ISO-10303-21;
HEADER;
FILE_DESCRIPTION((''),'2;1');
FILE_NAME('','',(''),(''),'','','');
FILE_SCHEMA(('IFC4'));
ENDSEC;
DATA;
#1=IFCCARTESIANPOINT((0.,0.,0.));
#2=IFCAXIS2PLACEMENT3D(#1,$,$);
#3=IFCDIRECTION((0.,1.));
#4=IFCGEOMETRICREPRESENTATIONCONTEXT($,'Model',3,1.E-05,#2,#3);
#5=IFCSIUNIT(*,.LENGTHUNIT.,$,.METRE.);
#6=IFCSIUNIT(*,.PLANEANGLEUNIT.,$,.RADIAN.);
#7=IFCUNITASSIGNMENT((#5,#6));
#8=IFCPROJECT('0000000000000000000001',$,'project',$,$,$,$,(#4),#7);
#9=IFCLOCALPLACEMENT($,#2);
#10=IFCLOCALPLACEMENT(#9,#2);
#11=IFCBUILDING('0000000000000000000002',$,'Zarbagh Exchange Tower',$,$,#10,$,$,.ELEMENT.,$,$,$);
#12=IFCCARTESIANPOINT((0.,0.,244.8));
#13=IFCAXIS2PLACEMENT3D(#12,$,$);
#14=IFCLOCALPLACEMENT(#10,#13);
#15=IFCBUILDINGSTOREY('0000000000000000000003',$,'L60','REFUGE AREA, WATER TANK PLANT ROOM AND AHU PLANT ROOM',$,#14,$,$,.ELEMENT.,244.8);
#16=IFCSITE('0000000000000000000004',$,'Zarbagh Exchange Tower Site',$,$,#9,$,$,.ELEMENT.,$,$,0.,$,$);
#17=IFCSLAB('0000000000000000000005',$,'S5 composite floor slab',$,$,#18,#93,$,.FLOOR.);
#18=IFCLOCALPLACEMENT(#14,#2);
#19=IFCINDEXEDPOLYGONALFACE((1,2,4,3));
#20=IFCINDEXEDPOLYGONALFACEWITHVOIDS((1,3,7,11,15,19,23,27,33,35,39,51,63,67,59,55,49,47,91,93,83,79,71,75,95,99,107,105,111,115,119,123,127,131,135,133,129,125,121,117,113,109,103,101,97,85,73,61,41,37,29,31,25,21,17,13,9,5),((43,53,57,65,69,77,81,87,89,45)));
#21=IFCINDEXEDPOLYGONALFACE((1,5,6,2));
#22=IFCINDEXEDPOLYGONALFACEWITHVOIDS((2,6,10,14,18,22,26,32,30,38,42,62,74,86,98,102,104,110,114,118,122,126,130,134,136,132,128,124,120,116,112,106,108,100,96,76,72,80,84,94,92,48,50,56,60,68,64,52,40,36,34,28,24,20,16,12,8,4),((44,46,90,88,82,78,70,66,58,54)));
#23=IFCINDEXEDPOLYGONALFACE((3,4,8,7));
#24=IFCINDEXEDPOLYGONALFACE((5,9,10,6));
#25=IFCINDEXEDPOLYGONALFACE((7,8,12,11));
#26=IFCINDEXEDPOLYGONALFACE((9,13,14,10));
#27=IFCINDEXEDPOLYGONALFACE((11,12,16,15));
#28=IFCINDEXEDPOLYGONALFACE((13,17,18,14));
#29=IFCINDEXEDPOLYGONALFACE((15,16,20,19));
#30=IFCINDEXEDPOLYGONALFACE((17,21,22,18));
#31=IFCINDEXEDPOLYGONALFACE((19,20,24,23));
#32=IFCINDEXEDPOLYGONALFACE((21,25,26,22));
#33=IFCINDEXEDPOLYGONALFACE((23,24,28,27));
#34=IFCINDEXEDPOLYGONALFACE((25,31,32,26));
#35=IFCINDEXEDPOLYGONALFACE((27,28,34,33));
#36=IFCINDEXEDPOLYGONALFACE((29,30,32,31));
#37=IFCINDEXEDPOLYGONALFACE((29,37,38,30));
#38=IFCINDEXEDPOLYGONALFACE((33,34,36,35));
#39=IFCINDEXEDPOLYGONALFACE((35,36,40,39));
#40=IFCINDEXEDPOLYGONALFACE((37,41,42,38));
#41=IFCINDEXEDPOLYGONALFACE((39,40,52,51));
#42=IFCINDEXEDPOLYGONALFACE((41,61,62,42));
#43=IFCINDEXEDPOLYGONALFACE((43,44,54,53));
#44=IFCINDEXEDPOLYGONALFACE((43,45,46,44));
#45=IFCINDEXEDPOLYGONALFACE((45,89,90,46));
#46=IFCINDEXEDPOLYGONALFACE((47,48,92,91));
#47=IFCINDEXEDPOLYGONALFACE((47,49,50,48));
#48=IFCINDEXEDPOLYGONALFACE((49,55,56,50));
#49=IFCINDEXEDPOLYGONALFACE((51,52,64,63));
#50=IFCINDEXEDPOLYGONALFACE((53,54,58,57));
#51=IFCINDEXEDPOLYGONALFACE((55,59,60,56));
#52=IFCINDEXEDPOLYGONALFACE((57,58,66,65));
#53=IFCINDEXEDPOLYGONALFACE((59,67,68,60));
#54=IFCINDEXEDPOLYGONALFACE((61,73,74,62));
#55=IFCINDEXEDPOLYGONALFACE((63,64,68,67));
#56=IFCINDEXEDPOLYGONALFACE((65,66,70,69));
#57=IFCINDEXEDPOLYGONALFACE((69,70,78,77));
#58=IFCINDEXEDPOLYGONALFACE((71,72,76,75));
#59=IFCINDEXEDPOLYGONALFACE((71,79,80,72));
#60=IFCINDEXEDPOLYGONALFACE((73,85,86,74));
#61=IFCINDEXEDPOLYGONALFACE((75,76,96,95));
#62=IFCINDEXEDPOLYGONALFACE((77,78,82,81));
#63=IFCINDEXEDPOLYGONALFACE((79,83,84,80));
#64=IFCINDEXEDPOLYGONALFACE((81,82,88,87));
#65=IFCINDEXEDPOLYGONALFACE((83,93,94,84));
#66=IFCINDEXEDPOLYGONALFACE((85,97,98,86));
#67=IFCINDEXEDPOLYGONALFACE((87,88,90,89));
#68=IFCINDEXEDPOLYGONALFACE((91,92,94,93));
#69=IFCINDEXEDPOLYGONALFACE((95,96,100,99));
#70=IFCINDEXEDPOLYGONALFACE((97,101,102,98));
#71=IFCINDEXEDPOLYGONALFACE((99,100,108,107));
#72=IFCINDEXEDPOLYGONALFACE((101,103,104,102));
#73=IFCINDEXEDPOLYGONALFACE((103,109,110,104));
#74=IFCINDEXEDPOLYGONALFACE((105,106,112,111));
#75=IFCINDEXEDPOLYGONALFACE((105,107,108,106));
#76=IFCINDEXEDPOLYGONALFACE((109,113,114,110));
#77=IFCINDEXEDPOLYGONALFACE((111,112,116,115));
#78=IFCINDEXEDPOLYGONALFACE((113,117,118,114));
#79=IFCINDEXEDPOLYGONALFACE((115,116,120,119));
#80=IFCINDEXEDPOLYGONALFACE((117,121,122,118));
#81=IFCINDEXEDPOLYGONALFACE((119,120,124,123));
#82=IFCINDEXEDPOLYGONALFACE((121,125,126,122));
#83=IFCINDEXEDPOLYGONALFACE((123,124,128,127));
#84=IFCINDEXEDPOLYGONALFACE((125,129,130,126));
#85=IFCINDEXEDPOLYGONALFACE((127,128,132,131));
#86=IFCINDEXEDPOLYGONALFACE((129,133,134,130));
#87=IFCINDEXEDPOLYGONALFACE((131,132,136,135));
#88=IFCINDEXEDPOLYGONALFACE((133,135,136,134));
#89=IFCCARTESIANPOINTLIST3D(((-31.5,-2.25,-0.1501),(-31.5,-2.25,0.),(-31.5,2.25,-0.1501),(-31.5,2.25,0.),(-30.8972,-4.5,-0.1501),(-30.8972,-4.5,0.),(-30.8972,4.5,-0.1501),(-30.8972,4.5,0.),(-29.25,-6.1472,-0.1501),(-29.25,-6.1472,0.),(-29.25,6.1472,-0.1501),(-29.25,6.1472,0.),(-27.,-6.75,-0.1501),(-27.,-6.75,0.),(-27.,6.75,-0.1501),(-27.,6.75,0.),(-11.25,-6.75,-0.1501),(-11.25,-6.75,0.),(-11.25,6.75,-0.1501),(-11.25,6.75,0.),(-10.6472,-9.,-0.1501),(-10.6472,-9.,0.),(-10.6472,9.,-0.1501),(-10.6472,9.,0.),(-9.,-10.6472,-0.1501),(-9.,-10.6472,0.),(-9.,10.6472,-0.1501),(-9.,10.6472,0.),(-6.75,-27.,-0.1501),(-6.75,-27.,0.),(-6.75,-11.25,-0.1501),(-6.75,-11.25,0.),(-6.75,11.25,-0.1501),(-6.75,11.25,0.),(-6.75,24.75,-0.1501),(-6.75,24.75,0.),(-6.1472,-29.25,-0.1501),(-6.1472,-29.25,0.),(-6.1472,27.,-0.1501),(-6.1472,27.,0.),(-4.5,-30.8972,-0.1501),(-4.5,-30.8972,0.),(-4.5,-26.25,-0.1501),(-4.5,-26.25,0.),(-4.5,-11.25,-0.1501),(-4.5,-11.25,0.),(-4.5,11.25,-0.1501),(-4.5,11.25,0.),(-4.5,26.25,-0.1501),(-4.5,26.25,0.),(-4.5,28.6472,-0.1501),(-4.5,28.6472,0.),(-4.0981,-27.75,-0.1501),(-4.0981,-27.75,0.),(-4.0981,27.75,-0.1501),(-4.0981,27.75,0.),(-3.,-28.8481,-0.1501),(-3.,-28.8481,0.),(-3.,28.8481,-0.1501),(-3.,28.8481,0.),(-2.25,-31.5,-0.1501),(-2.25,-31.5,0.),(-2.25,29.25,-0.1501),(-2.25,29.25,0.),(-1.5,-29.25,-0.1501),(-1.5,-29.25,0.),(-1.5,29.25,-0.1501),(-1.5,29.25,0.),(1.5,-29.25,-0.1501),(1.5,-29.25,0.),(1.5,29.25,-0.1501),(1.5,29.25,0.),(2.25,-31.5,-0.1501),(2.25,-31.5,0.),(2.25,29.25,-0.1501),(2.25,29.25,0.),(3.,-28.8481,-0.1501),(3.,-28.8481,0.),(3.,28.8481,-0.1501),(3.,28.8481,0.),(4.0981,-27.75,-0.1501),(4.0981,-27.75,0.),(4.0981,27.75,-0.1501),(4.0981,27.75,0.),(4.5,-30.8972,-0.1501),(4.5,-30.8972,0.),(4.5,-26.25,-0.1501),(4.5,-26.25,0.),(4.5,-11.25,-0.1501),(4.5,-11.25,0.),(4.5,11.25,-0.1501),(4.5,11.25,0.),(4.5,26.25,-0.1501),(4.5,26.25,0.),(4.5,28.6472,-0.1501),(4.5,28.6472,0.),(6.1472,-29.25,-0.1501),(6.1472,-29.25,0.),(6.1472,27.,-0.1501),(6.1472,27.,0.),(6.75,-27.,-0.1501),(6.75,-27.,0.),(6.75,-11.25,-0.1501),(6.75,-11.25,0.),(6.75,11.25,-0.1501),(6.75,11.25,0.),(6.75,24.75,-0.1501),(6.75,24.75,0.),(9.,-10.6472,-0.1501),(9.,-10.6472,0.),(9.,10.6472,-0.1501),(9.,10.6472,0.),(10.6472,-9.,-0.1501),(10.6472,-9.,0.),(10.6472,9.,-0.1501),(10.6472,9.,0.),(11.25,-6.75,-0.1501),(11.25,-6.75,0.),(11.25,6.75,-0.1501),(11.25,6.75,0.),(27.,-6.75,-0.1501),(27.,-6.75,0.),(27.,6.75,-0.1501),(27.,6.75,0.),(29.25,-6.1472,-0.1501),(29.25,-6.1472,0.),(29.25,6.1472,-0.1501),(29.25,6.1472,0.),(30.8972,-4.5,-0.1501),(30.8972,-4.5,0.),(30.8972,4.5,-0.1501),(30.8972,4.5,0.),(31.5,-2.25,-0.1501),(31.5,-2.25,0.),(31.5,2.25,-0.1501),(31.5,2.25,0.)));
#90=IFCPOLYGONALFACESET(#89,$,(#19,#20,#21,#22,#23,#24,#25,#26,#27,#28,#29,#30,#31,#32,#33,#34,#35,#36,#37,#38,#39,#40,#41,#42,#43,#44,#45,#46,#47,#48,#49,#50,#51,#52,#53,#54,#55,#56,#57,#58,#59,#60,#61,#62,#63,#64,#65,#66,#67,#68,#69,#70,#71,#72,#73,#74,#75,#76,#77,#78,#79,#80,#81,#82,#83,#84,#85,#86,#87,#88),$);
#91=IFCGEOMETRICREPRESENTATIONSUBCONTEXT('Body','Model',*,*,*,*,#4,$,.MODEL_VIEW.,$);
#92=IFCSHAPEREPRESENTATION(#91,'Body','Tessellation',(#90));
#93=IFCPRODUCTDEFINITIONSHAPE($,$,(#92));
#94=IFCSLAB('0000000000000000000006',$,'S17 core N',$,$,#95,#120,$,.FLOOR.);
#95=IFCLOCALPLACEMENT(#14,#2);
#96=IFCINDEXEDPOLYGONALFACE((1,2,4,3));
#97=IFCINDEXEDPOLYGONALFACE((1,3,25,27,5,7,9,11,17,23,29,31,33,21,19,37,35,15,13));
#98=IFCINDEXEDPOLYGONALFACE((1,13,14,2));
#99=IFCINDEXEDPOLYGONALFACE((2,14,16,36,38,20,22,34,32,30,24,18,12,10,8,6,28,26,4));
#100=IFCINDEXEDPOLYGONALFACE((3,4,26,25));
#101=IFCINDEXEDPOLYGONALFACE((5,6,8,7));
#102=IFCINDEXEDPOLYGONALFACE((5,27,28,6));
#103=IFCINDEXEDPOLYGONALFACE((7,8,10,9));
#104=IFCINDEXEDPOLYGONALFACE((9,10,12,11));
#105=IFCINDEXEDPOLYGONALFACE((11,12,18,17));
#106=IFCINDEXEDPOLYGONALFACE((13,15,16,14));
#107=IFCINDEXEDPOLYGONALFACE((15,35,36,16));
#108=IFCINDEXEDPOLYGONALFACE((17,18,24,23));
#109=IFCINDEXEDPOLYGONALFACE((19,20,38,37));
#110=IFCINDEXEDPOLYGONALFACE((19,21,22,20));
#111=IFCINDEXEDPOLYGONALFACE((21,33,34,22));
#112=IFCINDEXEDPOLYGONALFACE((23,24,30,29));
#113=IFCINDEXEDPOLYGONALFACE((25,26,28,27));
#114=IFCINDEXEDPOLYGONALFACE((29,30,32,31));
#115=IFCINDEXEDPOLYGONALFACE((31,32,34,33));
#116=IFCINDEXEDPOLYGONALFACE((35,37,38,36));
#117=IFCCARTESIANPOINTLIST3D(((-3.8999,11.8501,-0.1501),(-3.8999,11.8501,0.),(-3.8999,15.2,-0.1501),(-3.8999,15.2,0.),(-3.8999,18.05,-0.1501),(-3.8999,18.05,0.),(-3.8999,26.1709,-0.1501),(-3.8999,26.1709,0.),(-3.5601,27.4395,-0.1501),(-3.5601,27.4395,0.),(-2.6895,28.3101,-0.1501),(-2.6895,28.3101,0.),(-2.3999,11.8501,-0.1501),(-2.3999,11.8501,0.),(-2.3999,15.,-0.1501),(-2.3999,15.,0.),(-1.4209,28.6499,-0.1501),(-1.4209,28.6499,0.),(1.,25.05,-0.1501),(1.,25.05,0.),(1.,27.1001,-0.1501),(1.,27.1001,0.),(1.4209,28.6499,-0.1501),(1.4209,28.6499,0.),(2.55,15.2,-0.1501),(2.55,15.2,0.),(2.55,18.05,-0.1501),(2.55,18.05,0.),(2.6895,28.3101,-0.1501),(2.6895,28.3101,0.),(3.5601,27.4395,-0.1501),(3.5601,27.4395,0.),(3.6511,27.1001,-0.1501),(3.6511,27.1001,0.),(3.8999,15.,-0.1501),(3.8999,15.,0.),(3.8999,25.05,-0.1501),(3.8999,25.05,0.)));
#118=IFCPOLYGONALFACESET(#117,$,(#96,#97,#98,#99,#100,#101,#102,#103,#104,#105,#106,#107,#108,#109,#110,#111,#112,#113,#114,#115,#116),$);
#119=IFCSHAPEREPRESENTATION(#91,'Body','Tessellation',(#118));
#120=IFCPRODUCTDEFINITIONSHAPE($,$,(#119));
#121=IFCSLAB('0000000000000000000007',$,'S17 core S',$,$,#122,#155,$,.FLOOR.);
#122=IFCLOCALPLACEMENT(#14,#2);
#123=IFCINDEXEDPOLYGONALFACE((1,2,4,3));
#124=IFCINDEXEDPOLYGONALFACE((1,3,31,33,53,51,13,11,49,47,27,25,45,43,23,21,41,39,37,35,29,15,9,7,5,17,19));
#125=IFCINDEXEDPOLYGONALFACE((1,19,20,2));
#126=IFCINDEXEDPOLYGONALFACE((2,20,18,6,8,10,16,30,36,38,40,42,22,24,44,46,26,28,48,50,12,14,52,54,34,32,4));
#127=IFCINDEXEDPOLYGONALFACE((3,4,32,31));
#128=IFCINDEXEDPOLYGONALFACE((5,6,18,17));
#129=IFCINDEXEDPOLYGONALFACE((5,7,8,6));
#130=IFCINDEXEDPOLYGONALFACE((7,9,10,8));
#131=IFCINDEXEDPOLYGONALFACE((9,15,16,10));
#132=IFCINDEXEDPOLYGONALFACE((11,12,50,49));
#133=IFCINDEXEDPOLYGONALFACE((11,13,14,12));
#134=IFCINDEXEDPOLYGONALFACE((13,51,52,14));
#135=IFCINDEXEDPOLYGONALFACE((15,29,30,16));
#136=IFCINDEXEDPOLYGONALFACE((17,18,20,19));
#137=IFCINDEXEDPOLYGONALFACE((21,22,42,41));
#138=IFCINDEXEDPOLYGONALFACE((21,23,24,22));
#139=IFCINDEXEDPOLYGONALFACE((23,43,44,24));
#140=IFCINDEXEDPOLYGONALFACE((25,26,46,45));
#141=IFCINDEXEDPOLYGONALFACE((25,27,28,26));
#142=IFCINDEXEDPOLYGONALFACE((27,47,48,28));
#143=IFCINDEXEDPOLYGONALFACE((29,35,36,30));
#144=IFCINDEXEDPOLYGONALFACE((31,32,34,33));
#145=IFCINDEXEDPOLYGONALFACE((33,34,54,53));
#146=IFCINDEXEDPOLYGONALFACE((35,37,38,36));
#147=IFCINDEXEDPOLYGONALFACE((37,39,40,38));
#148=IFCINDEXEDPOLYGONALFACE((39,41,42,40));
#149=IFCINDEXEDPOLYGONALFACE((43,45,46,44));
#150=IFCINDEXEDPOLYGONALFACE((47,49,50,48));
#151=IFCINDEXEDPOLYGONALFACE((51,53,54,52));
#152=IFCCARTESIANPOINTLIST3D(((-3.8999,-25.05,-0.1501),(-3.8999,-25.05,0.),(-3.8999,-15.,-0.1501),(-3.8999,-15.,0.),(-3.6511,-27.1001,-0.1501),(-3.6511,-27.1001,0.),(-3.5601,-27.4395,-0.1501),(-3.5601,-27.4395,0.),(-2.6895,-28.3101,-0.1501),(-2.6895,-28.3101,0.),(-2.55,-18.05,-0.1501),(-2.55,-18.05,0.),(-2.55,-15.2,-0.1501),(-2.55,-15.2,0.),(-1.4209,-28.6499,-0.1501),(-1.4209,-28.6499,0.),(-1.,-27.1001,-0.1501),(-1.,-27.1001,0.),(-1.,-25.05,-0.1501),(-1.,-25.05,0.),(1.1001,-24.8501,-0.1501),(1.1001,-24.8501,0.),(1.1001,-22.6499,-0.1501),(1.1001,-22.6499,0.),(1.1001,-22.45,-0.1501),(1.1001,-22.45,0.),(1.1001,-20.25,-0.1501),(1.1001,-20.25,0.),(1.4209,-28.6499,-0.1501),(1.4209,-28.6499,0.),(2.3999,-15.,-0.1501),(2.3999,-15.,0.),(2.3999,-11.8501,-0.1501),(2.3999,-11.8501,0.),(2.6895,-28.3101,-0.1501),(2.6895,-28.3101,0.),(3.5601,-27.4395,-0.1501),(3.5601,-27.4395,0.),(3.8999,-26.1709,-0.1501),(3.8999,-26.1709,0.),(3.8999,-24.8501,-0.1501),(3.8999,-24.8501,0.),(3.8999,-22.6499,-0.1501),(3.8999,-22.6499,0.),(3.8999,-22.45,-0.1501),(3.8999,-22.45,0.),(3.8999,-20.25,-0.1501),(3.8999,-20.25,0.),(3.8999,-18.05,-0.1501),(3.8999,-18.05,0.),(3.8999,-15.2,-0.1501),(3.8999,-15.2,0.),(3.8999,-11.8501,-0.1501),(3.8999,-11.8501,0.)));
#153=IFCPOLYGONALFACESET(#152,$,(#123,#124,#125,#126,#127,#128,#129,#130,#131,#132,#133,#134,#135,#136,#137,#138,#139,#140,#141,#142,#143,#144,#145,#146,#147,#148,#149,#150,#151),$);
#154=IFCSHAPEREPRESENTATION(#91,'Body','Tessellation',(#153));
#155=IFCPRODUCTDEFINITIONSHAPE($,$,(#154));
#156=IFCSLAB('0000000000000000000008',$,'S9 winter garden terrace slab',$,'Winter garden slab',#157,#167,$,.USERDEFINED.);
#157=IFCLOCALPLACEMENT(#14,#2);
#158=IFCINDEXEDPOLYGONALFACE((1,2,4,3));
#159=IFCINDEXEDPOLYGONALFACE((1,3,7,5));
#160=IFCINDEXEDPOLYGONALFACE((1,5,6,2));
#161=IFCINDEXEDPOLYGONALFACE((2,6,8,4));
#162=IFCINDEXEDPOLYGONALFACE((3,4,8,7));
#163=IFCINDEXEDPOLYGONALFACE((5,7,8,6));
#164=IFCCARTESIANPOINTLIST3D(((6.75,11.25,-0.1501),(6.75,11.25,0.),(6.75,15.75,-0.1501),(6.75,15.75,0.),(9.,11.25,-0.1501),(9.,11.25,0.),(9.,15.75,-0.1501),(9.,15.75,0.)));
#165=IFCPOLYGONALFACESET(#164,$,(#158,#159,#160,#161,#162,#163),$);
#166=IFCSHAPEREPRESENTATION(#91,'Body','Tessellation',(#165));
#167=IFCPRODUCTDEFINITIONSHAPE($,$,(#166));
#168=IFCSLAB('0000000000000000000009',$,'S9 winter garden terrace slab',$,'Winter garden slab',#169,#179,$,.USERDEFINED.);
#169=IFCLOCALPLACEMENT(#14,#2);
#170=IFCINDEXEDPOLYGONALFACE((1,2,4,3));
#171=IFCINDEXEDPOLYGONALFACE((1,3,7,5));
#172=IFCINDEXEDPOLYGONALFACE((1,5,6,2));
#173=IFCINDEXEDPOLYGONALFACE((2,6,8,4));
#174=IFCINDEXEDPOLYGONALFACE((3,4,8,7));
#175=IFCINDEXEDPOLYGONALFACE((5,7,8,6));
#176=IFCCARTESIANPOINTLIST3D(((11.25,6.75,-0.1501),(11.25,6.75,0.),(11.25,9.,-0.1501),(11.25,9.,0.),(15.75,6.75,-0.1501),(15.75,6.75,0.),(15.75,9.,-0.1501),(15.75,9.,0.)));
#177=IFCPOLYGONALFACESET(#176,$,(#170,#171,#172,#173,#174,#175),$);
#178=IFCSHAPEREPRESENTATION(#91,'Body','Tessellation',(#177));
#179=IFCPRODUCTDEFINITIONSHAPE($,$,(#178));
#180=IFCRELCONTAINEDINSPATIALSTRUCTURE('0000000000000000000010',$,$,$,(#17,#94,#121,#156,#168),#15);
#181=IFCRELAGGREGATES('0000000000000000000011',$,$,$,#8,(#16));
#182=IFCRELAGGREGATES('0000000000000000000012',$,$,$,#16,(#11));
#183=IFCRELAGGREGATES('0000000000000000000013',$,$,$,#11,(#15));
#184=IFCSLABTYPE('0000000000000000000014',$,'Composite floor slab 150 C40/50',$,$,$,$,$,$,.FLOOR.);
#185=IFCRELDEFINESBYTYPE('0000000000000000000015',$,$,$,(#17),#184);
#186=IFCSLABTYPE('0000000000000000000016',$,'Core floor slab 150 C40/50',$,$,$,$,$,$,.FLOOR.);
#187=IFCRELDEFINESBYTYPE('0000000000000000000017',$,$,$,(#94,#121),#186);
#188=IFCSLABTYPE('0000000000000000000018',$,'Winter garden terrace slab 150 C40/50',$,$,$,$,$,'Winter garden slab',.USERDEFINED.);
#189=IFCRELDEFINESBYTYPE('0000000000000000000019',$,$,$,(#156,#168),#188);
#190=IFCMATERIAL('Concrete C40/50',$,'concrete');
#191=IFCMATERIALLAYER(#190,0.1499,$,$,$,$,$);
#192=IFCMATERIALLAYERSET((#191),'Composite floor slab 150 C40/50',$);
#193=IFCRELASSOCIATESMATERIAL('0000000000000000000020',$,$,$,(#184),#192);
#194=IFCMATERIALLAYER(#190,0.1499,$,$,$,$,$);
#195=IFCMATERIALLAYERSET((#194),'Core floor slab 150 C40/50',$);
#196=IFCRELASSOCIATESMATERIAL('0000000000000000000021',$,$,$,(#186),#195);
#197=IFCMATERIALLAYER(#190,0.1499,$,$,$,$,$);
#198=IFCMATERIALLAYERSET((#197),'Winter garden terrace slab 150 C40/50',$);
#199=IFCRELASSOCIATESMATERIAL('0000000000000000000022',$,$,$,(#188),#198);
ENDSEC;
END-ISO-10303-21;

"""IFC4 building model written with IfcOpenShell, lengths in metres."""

from ifc_helpers import new_model, si_unit, direction, frame, origin, place, context, subcontext, project, spatial, polyline, outline, extrude, material, layer, layer_set, type_object, element, save


model = new_model("IFC4")

# Units and contexts
model_context = context("Model", 3, precision=1e-05, world=origin(), true_north=direction((0.0, 1.0)))
body_context = subcontext(model_context, "Body", "Model", "MODEL_VIEW")
ifc_project = project(units=[si_unit("LENGTHUNIT", "METRE"), si_unit("PLANEANGLEUNIT", "RADIAN")], contexts=[model_context])

# Site, building, storey
site_placement = place(None, origin())
site = spatial("IfcSite", under=ifc_project, at=site_placement, Name="Zarbagh Exchange Tower Site", CompositionType="ELEMENT", RefElevation=0.0)
building_placement = place(site_placement, origin())
building = spatial("IfcBuilding", under=site, at=building_placement, Name="Zarbagh Exchange Tower", CompositionType="ELEMENT")
storey_placement = place(building_placement, frame((0.0, 0.0, 244.8)))
storey = spatial("IfcBuildingStorey", under=building, at=storey_placement, Name="L60", Description="REFUGE AREA, WATER TANK PLANT ROOM AND AHU PLANT ROOM", CompositionType="ELEMENT", Elevation=244.8)

# Slabs
ifc_material_1 = material(Name="Concrete C40/50", Category="concrete")
ifc_layer_1 = layer(ifc_material_1, 0.1499)
ifc_layer_set_1 = layer_set([ifc_layer_1], Name="Composite floor slab 150 C40/50")
slab_type_1 = type_object("IfcSlabType", Name="Composite floor slab 150 C40/50", PredefinedType="FLOOR", material=ifc_layer_set_1)
slab_1_placement = place(storey_placement, frame((0.0, 0.0, -0.1501)))
element("IfcSlab", 1, at=slab_1_placement, inside=storey, type_object=slab_type_1, Name="S5 composite floor slab", PredefinedType="FLOOR", context=body_context, shape_type="SweptSolid", body=[
    extrude(outline(polyline([(-2.25, -31.5), (-4.5, -30.8972), (-6.1472, -29.25), (-6.75, -27.0), (-6.75, -11.25), (-9.0, -10.6472), (-10.6472, -9.0), (-11.25, -6.75), (-27.0, -6.75), (-29.25, -6.1472), (-30.8972, -4.5), (-31.5, -2.25), (-31.5, 2.25), (-30.8972, 4.5), (-29.25, 6.1472), (-27.0, 6.75), (-11.25, 6.75), (-10.6472, 9.0), (-9.0, 10.6472), (-6.75, 11.25), (-6.75, 24.75), (-6.1472, 27.0), (-4.5, 28.6472), (-2.25, 29.25), (-1.5, 29.25), (-3.0, 28.8481), (-4.0981, 27.75), (-4.5, 26.25), (-4.5, 11.25), (4.5, 11.25), (4.5, 26.25), (4.0981, 27.75), (3.0, 28.8481), (1.5, 29.25), (2.25, 29.25), (4.5, 28.6472), (6.1472, 27.0), (6.75, 24.75), (6.75, 11.25), (9.0, 10.6472), (10.6472, 9.0), (11.25, 6.75), (27.0, 6.75), (29.25, 6.1472), (30.8972, 4.5), (31.5, 2.25), (31.5, -2.25), (30.8972, -4.5), (29.25, -6.1472), (27.0, -6.75), (11.25, -6.75), (10.6472, -9.0), (9.0, -10.6472), (6.75, -11.25), (6.75, -27.0), (6.1472, -29.25), (4.5, -30.8972), (2.25, -31.5), (-2.25, -31.5)]), holes=[polyline([(-1.5, -29.25), (1.5, -29.25), (3.0, -28.8481), (4.0981, -27.75), (4.5, -26.25), (4.5, -11.25), (-4.5, -11.25), (-4.5, -26.25), (-4.0981, -27.75), (-3.0, -28.8481), (-1.5, -29.25)])]), origin(), (0.0, 0.0, 1.0), 0.1501),
])
ifc_layer_2 = layer(ifc_material_1, 0.1499)
ifc_layer_set_2 = layer_set([ifc_layer_2], Name="Core floor slab 150 C40/50")
slab_type_2 = type_object("IfcSlabType", Name="Core floor slab 150 C40/50", PredefinedType="FLOOR", material=ifc_layer_set_2)
slab_2_placement = place(storey_placement, frame((0.0, 0.0, -0.1501)))
element("IfcSlab", 2, at=slab_2_placement, inside=storey, type_object=slab_type_2, Name="S17 core N", PredefinedType="FLOOR", context=body_context, shape_type="SweptSolid", body=[
    extrude(outline(polyline([(-3.8999, 11.8501), (-3.8999, 15.2), (2.55, 15.2), (2.55, 18.05), (-3.8999, 18.05), (-3.8999, 26.1709), (-3.5601, 27.4395), (-2.6895, 28.3101), (-1.4209, 28.6499), (1.4209, 28.6499), (2.6895, 28.3101), (3.5601, 27.4395), (3.6511, 27.1001), (1.0, 27.1001), (1.0, 25.05), (3.8999, 25.05), (3.8999, 15.0), (-2.3999, 15.0), (-2.3999, 11.8501), (-3.8999, 11.8501)])), origin(), (0.0, 0.0, 1.0), 0.1501),
])
slab_3_placement = place(storey_placement, frame((0.0, 0.0, -0.1501)))
element("IfcSlab", 3, at=slab_3_placement, inside=storey, type_object=slab_type_2, Name="S17 core S", PredefinedType="FLOOR", context=body_context, shape_type="SweptSolid", body=[
    extrude(outline(polyline([(-2.6895, -28.3101), (-3.5601, -27.4395), (-3.6511, -27.1001), (-1.0, -27.1001), (-1.0, -25.05), (-3.8999, -25.05), (-3.8999, -15.0), (2.3999, -15.0), (2.3999, -11.8501), (3.8999, -11.8501), (3.8999, -15.2), (-2.55, -15.2), (-2.55, -18.05), (3.8999, -18.05), (3.8999, -20.25), (1.1001, -20.25), (1.1001, -22.45), (3.8999, -22.45), (3.8999, -22.6499), (1.1001, -22.6499), (1.1001, -24.8501), (3.8999, -24.8501), (3.8999, -26.1709), (3.5601, -27.4395), (2.6895, -28.3101), (1.4209, -28.6499), (-1.4209, -28.6499), (-2.6895, -28.3101)])), origin(), (0.0, 0.0, 1.0), 0.1501),
])
ifc_layer_3 = layer(ifc_material_1, 0.1499)
ifc_layer_set_3 = layer_set([ifc_layer_3], Name="Winter garden terrace slab 150 C40/50")
slab_type_3 = type_object("IfcSlabType", Name="Winter garden terrace slab 150 C40/50", ElementType="Winter garden slab", PredefinedType="USERDEFINED", material=ifc_layer_set_3)
slab_4_placement = place(storey_placement, frame((0.0, 0.0, -0.1501)))
element("IfcSlab", 4, at=slab_4_placement, inside=storey, type_object=slab_type_3, Name="S9 winter garden terrace slab", ObjectType="Winter garden slab", PredefinedType="USERDEFINED", context=body_context, shape_type="SweptSolid", body=[
    extrude(outline(polyline([(9.0, 11.25), (9.0, 15.75), (6.75, 15.75), (6.75, 11.25), (9.0, 11.25)])), origin(), (0.0, 0.0, 1.0), 0.1501),
])
slab_5_placement = place(storey_placement, frame((0.0, 0.0, -0.1501)))
element("IfcSlab", 5, at=slab_5_placement, inside=storey, type_object=slab_type_3, Name="S9 winter garden terrace slab", ObjectType="Winter garden slab", PredefinedType="USERDEFINED", context=body_context, shape_type="SweptSolid", body=[
    extrude(outline(polyline([(15.75, 6.75), (15.75, 9.0), (11.25, 9.0), (11.25, 6.75), (15.75, 6.75)])), origin(), (0.0, 0.0, 1.0), 0.1501),
])

save(model, "model.ifc")
